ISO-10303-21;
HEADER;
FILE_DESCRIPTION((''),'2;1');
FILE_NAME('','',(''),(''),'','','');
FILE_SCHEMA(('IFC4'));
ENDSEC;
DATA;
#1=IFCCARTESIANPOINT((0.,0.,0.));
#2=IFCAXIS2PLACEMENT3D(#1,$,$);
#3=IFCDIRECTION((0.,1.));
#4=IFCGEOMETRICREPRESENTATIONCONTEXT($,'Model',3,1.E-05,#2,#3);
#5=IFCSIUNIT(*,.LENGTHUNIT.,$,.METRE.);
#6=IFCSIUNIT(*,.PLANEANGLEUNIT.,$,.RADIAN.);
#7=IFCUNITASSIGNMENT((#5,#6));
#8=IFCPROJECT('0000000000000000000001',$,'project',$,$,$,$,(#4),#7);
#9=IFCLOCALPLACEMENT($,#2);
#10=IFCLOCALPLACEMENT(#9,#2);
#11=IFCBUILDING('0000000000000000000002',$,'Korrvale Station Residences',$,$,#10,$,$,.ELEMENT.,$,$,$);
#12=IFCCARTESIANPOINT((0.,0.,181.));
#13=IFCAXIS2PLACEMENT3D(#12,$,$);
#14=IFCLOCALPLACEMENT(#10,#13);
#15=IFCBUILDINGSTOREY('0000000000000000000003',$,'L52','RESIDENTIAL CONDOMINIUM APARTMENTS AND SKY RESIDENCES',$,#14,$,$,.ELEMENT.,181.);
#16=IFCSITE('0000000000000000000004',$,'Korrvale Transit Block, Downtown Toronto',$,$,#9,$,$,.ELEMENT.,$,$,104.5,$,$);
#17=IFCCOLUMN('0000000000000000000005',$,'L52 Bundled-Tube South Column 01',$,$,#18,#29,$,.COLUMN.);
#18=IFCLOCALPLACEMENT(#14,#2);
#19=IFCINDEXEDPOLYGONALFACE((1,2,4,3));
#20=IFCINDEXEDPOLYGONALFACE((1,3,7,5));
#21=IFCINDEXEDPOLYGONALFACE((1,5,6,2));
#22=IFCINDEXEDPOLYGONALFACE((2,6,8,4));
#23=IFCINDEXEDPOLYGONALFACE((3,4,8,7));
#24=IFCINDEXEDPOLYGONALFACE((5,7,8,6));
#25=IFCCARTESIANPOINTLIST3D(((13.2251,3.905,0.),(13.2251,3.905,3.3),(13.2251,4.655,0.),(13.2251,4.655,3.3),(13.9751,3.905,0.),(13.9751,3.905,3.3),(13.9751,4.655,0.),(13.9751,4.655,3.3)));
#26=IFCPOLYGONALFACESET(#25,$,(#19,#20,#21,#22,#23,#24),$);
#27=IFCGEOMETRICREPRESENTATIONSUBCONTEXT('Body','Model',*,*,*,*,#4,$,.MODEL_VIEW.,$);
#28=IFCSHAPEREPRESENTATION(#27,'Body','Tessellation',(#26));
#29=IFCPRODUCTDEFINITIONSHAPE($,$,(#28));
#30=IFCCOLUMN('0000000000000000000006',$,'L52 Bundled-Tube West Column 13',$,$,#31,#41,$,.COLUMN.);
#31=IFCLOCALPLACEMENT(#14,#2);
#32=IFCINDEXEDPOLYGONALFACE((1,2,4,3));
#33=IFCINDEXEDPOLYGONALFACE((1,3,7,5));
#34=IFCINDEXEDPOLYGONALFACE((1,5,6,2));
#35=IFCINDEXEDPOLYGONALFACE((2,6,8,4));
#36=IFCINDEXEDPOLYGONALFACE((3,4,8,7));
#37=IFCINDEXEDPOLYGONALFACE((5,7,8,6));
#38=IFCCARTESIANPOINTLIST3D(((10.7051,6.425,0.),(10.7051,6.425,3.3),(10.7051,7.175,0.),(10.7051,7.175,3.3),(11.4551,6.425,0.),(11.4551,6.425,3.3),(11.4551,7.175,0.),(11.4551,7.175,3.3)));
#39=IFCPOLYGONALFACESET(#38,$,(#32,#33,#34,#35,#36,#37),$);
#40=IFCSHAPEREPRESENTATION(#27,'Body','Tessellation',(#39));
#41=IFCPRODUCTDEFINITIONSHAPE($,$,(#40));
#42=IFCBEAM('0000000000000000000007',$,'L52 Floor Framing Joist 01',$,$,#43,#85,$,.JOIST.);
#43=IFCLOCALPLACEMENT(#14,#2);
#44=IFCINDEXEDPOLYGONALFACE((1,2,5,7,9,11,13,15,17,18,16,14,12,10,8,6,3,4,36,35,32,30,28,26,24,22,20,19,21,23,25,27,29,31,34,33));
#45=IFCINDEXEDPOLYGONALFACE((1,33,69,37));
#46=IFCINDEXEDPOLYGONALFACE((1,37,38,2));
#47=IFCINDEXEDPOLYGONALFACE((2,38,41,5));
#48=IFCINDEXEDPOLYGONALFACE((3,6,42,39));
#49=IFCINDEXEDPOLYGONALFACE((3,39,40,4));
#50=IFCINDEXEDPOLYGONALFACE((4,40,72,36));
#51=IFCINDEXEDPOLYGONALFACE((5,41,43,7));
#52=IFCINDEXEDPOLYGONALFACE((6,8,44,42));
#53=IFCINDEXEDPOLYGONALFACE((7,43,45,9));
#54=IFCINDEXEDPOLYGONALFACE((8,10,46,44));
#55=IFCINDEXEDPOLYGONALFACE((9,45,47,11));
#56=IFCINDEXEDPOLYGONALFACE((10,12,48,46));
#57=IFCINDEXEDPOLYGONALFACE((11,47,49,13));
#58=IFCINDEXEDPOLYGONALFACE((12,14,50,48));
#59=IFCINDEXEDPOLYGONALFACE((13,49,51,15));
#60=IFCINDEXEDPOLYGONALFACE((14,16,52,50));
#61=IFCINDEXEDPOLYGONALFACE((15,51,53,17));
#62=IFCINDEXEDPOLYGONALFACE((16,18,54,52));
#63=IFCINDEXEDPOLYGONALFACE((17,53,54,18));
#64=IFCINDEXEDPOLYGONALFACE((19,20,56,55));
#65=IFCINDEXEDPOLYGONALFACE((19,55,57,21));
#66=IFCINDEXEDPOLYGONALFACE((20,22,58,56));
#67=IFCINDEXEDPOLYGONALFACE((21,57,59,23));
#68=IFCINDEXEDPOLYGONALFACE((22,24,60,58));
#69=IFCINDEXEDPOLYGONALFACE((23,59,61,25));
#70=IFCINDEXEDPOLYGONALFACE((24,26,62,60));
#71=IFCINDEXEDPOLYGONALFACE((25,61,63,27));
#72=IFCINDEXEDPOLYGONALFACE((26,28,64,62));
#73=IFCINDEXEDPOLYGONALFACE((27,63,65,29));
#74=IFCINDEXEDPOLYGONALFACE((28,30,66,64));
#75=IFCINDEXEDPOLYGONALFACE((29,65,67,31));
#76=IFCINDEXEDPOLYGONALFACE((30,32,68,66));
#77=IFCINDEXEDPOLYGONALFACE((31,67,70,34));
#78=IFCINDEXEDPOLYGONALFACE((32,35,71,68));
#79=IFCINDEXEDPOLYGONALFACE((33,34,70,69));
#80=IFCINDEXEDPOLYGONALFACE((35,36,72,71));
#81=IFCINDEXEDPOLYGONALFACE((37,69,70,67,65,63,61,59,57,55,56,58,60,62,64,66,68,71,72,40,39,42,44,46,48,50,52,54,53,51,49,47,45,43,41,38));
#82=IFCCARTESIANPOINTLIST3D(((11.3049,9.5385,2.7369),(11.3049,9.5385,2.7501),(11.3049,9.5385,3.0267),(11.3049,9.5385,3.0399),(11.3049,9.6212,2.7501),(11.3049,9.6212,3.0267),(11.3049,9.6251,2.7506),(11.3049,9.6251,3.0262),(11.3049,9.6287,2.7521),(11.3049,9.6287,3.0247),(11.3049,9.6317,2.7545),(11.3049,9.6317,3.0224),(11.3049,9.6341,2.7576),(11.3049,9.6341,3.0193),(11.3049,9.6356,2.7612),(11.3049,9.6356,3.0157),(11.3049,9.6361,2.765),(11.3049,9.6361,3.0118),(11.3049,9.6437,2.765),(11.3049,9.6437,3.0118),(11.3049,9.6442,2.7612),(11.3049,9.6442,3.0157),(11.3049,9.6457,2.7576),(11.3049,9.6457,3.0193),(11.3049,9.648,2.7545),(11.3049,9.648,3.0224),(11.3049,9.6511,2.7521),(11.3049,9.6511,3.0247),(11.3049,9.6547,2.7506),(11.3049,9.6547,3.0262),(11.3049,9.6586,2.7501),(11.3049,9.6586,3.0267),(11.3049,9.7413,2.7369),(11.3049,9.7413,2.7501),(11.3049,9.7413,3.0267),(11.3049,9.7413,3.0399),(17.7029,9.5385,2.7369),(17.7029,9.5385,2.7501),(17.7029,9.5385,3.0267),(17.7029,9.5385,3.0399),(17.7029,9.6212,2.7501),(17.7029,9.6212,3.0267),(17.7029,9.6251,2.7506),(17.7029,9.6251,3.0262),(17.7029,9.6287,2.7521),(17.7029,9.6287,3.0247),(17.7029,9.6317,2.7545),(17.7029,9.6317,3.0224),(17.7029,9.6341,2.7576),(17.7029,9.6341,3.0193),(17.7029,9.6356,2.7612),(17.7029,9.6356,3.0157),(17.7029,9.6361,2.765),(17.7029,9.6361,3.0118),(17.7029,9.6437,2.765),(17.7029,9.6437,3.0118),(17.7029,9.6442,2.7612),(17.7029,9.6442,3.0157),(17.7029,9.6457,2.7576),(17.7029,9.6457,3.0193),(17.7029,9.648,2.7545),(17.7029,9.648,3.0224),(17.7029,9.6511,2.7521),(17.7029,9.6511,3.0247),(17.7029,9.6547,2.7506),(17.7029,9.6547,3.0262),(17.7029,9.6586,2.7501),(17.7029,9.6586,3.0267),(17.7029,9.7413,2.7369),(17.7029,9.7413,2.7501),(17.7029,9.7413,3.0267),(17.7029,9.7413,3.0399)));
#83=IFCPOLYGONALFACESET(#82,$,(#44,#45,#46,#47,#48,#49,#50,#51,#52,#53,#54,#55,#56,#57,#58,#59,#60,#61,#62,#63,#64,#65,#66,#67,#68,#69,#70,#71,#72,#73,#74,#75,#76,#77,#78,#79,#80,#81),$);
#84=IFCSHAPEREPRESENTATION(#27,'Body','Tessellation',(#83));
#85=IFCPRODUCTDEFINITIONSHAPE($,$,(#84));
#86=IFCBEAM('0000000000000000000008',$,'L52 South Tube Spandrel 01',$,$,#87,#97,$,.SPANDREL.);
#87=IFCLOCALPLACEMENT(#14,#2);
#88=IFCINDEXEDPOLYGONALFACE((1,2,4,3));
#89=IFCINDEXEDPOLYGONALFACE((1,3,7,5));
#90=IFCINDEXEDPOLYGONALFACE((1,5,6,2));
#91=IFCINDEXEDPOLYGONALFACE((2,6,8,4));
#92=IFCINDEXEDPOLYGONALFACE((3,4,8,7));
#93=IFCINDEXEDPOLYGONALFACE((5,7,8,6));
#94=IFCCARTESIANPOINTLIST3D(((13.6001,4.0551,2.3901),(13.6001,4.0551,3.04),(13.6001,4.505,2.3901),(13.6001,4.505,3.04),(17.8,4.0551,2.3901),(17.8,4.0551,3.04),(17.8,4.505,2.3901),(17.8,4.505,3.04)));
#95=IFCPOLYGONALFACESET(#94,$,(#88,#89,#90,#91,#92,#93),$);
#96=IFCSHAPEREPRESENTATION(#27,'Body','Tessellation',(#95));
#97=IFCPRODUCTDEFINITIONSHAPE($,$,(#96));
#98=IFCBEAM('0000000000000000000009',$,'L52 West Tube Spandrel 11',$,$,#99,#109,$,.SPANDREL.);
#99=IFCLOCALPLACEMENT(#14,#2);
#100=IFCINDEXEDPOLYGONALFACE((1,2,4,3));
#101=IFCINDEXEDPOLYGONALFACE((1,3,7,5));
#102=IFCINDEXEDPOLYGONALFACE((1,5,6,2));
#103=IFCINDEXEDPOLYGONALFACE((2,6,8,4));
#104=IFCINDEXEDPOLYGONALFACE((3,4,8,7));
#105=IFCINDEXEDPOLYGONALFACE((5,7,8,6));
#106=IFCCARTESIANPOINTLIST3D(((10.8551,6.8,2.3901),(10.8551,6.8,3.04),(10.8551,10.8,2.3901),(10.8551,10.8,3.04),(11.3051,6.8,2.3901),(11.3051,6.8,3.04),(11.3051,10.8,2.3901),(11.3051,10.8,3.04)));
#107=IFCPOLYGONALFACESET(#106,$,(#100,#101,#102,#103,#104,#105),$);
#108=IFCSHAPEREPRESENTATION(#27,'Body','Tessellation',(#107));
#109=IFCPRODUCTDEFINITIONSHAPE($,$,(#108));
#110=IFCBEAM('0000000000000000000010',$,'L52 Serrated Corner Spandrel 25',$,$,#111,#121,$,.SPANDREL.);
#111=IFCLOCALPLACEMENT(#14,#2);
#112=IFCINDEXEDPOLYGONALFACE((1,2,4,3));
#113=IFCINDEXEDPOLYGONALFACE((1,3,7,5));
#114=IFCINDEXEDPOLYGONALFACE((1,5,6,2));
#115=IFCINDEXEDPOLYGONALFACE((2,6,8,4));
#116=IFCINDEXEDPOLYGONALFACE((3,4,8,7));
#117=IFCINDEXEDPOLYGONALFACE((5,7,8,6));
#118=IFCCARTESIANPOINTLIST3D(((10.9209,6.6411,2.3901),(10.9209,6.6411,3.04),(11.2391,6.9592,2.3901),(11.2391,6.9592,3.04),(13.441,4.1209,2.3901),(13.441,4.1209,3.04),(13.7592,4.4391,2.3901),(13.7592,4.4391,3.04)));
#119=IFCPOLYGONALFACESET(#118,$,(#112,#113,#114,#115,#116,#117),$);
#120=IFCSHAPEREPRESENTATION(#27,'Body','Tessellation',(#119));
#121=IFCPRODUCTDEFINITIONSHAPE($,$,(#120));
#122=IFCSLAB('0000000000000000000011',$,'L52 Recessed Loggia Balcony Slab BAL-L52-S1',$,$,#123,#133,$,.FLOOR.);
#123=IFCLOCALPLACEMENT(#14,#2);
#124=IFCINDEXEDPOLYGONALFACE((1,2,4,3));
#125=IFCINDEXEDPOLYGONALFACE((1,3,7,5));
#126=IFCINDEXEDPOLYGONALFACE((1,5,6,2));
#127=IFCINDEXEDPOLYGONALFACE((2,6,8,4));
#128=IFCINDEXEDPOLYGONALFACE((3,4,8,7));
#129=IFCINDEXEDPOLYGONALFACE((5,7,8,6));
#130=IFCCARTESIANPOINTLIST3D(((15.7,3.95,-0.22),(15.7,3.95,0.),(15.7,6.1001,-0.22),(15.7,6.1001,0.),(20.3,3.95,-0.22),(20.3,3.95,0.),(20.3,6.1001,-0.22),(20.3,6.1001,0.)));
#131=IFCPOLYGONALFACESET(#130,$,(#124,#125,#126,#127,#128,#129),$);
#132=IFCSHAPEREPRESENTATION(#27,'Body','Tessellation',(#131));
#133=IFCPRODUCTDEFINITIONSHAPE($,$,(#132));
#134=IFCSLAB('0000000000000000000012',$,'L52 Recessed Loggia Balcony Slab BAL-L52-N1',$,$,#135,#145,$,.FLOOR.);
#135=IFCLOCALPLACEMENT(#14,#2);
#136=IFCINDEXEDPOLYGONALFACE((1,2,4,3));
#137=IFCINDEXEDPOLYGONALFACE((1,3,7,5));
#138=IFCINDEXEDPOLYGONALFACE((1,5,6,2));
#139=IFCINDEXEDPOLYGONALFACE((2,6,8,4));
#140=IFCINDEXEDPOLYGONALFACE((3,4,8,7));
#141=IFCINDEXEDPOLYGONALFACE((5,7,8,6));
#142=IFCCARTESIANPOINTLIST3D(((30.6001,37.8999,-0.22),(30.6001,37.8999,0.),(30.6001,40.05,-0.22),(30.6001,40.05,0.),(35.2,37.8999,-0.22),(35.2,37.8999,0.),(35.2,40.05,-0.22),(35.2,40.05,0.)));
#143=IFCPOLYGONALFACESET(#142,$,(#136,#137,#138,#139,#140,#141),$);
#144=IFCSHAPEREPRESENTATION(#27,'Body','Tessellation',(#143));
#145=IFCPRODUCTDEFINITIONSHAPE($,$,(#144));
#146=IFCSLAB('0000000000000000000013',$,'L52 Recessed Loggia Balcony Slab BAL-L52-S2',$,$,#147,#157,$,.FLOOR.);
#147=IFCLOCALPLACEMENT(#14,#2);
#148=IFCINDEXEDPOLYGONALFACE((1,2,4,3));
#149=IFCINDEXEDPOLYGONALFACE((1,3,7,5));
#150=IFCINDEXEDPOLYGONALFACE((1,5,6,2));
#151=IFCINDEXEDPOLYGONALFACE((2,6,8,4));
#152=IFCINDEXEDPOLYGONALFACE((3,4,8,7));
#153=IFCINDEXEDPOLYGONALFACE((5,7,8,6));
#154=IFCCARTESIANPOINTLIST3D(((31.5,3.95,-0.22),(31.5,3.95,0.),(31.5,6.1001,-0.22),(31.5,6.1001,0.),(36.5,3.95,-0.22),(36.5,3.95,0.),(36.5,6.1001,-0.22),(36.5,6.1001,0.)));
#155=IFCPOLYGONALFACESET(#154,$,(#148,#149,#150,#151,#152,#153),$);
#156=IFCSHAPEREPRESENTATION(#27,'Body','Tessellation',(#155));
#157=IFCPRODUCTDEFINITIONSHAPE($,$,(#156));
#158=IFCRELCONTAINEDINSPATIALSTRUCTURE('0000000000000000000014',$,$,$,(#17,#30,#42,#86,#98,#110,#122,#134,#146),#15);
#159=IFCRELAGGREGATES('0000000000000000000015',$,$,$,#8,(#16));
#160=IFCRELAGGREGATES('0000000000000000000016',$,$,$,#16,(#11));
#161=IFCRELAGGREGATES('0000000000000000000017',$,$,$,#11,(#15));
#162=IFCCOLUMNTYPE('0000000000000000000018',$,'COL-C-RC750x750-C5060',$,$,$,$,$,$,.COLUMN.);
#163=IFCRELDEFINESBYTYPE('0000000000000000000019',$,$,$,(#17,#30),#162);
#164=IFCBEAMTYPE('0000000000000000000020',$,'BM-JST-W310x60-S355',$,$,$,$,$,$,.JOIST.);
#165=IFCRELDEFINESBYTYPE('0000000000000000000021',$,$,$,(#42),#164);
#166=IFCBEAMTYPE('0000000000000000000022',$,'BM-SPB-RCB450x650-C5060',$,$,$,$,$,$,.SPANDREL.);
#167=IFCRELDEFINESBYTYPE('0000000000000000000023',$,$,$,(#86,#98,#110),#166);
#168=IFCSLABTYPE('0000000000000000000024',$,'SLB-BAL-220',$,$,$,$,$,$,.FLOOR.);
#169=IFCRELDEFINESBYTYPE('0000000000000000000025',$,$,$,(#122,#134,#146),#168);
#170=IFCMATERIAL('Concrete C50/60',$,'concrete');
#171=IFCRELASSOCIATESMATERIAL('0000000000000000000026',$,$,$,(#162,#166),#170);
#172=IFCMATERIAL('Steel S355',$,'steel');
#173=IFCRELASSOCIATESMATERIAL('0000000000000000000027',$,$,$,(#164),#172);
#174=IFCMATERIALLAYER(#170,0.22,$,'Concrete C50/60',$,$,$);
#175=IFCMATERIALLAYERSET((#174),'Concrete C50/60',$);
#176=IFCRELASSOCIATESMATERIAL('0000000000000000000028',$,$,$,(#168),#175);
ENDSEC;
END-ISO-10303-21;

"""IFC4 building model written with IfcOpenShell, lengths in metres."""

from ifc_helpers import new_model, si_unit, direction, frame, origin, origin_2d, place, context, subcontext, project, spatial, polyline, rectangle, i_section, outline, extrude, material, layer, layer_set, material_profile, profile_set, type_object, element, save


model = new_model("IFC4")

# Units and contexts
model_context = context("Model", 3, precision=1e-05, world=origin(), true_north=direction((0.0, 1.0)))
body_context = subcontext(model_context, "Body", "Model", "MODEL_VIEW")
ifc_project = project(units=[si_unit("LENGTHUNIT", "METRE"), si_unit("PLANEANGLEUNIT", "RADIAN")], contexts=[model_context])

# Site, building, storey
site_placement = place(None, origin())
site = spatial("IfcSite", under=ifc_project, at=site_placement, Name="Korrvale Transit Block, Downtown Toronto", CompositionType="ELEMENT", RefElevation=104.5)
building_placement = place(site_placement, origin())
building = spatial("IfcBuilding", under=site, at=building_placement, Name="Korrvale Station Residences", CompositionType="ELEMENT")
storey_placement = place(building_placement, frame((0.0, 0.0, 181.0)))
storey = spatial("IfcBuildingStorey", under=building, at=storey_placement, Name="L52", Description="RESIDENTIAL CONDOMINIUM APARTMENTS AND SKY RESIDENCES", CompositionType="ELEMENT", Elevation=181.0)

# Columns
ifc_material_1 = material(Name="Concrete C50/60", Category="concrete")
ifc_material_profile_1 = material_profile(ifc_material_1, rectangle(XDim=0.75, YDim=0.75, at=origin_2d()), Name="RC750x750")
ifc_profile_set_1 = profile_set([ifc_material_profile_1], Name="Concrete C50/60")
column_type = type_object("IfcColumnType", Name="COL-C-RC750x750-C5060", PredefinedType="COLUMN", material=ifc_profile_set_1)
for number, where, z_axis, x_axis, name in (
    (1, (13.6001, 4.28, 0.0), (0.0, 0.0, 1.0), (1.0, 0.0, 0.0), "L52 Bundled-Tube South Column 01"),
    (2, (11.0801, 6.8, 0.0), (0.0, 0.0, 1.0), (1.0, 0.0, 0.0), "L52 Bundled-Tube West Column 13"),
):
    element("IfcColumn", number, at=place(storey_placement, frame(where, z_axis=z_axis, x_axis=x_axis)), inside=storey, type_object=column_type, Name=name, PredefinedType="COLUMN", context=body_context, shape_type="SweptSolid", body=[
        extrude(rectangle(XDim=0.75, YDim=0.75, at=origin_2d()), origin(), (0.0, 0.0, 1.0), 3.3),
    ])

# Beams
ifc_material_2 = material(Name="Steel S355", Category="steel")
ifc_material_profile_2 = material_profile(ifc_material_2, i_section(OverallWidth=0.2029, OverallDepth=0.303, WebThickness=0.0076, FlangeThickness=0.0132, FilletRadius=0.0149, at=origin_2d()), Name="W310x60")
ifc_profile_set_2 = profile_set([ifc_material_profile_2], Name="Steel S355")
beam_type_1 = type_object("IfcBeamType", Name="BM-JST-W310x60-S355", PredefinedType="JOIST", material=ifc_profile_set_2)
beam_1_placement = place(storey_placement, frame((11.3049, 9.6399, 2.8884), z_axis=(1.0, 0.0, 0.0), x_axis=(0.0, 1.0, 0.0)))
element("IfcBeam", 3, at=beam_1_placement, inside=storey, type_object=beam_type_1, Name="L52 Floor Framing Joist 01", PredefinedType="JOIST", context=body_context, shape_type="SweptSolid", body=[
    extrude(i_section(OverallWidth=0.2029, OverallDepth=0.303, WebThickness=0.0076, FlangeThickness=0.0132, FilletRadius=0.0149, at=origin_2d()), origin(), (0.0, 0.0, 1.0), 6.3979),
])
ifc_material_profile_3 = material_profile(ifc_material_1, rectangle(XDim=0.45, YDim=0.6499, at=origin_2d()), Name="RCB450x650")
ifc_profile_set_3 = profile_set([ifc_material_profile_3], Name="Concrete C50/60")
beam_type_2 = type_object("IfcBeamType", Name="BM-SPB-RCB450x650-C5060", PredefinedType="SPANDREL", material=ifc_profile_set_3)
beam_2_placement = place(storey_placement, frame((13.6001, 4.28, 2.7151), z_axis=(1.0, 0.0, 0.0), x_axis=(0.0, 1.0, 0.0)))
element("IfcBeam", 4, at=beam_2_placement, inside=storey, type_object=beam_type_2, Name="L52 South Tube Spandrel 01", PredefinedType="SPANDREL", context=body_context, shape_type="SweptSolid", body=[
    extrude(rectangle(XDim=0.45, YDim=0.6499, at=origin_2d()), origin(), (0.0, 0.0, 1.0), 4.2),
])
beam_3_placement = place(storey_placement, frame((11.0801, 6.8, 2.7151), z_axis=(0.0, 1.0, 0.0), x_axis=(-1.0, 0.0, 0.0)))
element("IfcBeam", 5, at=beam_3_placement, inside=storey, type_object=beam_type_2, Name="L52 West Tube Spandrel 11", PredefinedType="SPANDREL", context=body_context, shape_type="SweptSolid", body=[
    extrude(rectangle(XDim=0.45, YDim=0.6499, at=origin_2d()), origin(), (0.0, 0.0, 1.0), 4.0),
])
beam_4_placement = place(storey_placement, frame((13.6001, 4.28, 2.7151), z_axis=(-0.707107, 0.707107, 0.0), x_axis=(-0.707107, -0.707107, 0.0)))
element("IfcBeam", 6, at=beam_4_placement, inside=storey, type_object=beam_type_2, Name="L52 Serrated Corner Spandrel 25", PredefinedType="SPANDREL", context=body_context, shape_type="SweptSolid", body=[
    extrude(rectangle(XDim=0.45, YDim=0.6499, at=origin_2d()), origin(), (0.0, 0.0, 1.0), 3.564),
])

# Slabs
ifc_layer_1 = layer(ifc_material_1, 0.22, Name="Concrete C50/60")
ifc_layer_set_1 = layer_set([ifc_layer_1], Name="Concrete C50/60")
slab_type_1 = type_object("IfcSlabType", Name="SLB-BAL-220", PredefinedType="FLOOR", material=ifc_layer_set_1)
slab_1_placement = place(storey_placement, frame((0.0, 0.0, -0.22)))
element("IfcSlab", 7, at=slab_1_placement, inside=storey, type_object=slab_type_1, Name="L52 Recessed Loggia Balcony Slab BAL-L52-S1", PredefinedType="FLOOR", context=body_context, shape_type="SweptSolid", body=[
    extrude(outline(polyline([(15.7, 3.95), (20.3, 3.95), (20.3, 6.1001), (15.7, 6.1001), (15.7, 3.95)])), origin(), (0.0, 0.0, 1.0), 0.22),
])
slab_2_placement = place(storey_placement, frame((0.0, 0.0, -0.22)))
element("IfcSlab", 8, at=slab_2_placement, inside=storey, type_object=slab_type_1, Name="L52 Recessed Loggia Balcony Slab BAL-L52-N1", PredefinedType="FLOOR", context=body_context, shape_type="SweptSolid", body=[
    extrude(outline(polyline([(30.6001, 37.8999), (35.2, 37.8999), (35.2, 40.05), (30.6001, 40.05), (30.6001, 37.8999)])), origin(), (0.0, 0.0, 1.0), 0.22),
])
slab_3_placement = place(storey_placement, frame((0.0, 0.0, -0.22)))
element("IfcSlab", 9, at=slab_3_placement, inside=storey, type_object=slab_type_1, Name="L52 Recessed Loggia Balcony Slab BAL-L52-S2", PredefinedType="FLOOR", context=body_context, shape_type="SweptSolid", body=[
    extrude(outline(polyline([(31.5, 3.95), (36.5, 3.95), (36.5, 6.1001), (31.5, 6.1001), (31.5, 3.95)])), origin(), (0.0, 0.0, 1.0), 0.22),
])

save(model, "model.ifc")
